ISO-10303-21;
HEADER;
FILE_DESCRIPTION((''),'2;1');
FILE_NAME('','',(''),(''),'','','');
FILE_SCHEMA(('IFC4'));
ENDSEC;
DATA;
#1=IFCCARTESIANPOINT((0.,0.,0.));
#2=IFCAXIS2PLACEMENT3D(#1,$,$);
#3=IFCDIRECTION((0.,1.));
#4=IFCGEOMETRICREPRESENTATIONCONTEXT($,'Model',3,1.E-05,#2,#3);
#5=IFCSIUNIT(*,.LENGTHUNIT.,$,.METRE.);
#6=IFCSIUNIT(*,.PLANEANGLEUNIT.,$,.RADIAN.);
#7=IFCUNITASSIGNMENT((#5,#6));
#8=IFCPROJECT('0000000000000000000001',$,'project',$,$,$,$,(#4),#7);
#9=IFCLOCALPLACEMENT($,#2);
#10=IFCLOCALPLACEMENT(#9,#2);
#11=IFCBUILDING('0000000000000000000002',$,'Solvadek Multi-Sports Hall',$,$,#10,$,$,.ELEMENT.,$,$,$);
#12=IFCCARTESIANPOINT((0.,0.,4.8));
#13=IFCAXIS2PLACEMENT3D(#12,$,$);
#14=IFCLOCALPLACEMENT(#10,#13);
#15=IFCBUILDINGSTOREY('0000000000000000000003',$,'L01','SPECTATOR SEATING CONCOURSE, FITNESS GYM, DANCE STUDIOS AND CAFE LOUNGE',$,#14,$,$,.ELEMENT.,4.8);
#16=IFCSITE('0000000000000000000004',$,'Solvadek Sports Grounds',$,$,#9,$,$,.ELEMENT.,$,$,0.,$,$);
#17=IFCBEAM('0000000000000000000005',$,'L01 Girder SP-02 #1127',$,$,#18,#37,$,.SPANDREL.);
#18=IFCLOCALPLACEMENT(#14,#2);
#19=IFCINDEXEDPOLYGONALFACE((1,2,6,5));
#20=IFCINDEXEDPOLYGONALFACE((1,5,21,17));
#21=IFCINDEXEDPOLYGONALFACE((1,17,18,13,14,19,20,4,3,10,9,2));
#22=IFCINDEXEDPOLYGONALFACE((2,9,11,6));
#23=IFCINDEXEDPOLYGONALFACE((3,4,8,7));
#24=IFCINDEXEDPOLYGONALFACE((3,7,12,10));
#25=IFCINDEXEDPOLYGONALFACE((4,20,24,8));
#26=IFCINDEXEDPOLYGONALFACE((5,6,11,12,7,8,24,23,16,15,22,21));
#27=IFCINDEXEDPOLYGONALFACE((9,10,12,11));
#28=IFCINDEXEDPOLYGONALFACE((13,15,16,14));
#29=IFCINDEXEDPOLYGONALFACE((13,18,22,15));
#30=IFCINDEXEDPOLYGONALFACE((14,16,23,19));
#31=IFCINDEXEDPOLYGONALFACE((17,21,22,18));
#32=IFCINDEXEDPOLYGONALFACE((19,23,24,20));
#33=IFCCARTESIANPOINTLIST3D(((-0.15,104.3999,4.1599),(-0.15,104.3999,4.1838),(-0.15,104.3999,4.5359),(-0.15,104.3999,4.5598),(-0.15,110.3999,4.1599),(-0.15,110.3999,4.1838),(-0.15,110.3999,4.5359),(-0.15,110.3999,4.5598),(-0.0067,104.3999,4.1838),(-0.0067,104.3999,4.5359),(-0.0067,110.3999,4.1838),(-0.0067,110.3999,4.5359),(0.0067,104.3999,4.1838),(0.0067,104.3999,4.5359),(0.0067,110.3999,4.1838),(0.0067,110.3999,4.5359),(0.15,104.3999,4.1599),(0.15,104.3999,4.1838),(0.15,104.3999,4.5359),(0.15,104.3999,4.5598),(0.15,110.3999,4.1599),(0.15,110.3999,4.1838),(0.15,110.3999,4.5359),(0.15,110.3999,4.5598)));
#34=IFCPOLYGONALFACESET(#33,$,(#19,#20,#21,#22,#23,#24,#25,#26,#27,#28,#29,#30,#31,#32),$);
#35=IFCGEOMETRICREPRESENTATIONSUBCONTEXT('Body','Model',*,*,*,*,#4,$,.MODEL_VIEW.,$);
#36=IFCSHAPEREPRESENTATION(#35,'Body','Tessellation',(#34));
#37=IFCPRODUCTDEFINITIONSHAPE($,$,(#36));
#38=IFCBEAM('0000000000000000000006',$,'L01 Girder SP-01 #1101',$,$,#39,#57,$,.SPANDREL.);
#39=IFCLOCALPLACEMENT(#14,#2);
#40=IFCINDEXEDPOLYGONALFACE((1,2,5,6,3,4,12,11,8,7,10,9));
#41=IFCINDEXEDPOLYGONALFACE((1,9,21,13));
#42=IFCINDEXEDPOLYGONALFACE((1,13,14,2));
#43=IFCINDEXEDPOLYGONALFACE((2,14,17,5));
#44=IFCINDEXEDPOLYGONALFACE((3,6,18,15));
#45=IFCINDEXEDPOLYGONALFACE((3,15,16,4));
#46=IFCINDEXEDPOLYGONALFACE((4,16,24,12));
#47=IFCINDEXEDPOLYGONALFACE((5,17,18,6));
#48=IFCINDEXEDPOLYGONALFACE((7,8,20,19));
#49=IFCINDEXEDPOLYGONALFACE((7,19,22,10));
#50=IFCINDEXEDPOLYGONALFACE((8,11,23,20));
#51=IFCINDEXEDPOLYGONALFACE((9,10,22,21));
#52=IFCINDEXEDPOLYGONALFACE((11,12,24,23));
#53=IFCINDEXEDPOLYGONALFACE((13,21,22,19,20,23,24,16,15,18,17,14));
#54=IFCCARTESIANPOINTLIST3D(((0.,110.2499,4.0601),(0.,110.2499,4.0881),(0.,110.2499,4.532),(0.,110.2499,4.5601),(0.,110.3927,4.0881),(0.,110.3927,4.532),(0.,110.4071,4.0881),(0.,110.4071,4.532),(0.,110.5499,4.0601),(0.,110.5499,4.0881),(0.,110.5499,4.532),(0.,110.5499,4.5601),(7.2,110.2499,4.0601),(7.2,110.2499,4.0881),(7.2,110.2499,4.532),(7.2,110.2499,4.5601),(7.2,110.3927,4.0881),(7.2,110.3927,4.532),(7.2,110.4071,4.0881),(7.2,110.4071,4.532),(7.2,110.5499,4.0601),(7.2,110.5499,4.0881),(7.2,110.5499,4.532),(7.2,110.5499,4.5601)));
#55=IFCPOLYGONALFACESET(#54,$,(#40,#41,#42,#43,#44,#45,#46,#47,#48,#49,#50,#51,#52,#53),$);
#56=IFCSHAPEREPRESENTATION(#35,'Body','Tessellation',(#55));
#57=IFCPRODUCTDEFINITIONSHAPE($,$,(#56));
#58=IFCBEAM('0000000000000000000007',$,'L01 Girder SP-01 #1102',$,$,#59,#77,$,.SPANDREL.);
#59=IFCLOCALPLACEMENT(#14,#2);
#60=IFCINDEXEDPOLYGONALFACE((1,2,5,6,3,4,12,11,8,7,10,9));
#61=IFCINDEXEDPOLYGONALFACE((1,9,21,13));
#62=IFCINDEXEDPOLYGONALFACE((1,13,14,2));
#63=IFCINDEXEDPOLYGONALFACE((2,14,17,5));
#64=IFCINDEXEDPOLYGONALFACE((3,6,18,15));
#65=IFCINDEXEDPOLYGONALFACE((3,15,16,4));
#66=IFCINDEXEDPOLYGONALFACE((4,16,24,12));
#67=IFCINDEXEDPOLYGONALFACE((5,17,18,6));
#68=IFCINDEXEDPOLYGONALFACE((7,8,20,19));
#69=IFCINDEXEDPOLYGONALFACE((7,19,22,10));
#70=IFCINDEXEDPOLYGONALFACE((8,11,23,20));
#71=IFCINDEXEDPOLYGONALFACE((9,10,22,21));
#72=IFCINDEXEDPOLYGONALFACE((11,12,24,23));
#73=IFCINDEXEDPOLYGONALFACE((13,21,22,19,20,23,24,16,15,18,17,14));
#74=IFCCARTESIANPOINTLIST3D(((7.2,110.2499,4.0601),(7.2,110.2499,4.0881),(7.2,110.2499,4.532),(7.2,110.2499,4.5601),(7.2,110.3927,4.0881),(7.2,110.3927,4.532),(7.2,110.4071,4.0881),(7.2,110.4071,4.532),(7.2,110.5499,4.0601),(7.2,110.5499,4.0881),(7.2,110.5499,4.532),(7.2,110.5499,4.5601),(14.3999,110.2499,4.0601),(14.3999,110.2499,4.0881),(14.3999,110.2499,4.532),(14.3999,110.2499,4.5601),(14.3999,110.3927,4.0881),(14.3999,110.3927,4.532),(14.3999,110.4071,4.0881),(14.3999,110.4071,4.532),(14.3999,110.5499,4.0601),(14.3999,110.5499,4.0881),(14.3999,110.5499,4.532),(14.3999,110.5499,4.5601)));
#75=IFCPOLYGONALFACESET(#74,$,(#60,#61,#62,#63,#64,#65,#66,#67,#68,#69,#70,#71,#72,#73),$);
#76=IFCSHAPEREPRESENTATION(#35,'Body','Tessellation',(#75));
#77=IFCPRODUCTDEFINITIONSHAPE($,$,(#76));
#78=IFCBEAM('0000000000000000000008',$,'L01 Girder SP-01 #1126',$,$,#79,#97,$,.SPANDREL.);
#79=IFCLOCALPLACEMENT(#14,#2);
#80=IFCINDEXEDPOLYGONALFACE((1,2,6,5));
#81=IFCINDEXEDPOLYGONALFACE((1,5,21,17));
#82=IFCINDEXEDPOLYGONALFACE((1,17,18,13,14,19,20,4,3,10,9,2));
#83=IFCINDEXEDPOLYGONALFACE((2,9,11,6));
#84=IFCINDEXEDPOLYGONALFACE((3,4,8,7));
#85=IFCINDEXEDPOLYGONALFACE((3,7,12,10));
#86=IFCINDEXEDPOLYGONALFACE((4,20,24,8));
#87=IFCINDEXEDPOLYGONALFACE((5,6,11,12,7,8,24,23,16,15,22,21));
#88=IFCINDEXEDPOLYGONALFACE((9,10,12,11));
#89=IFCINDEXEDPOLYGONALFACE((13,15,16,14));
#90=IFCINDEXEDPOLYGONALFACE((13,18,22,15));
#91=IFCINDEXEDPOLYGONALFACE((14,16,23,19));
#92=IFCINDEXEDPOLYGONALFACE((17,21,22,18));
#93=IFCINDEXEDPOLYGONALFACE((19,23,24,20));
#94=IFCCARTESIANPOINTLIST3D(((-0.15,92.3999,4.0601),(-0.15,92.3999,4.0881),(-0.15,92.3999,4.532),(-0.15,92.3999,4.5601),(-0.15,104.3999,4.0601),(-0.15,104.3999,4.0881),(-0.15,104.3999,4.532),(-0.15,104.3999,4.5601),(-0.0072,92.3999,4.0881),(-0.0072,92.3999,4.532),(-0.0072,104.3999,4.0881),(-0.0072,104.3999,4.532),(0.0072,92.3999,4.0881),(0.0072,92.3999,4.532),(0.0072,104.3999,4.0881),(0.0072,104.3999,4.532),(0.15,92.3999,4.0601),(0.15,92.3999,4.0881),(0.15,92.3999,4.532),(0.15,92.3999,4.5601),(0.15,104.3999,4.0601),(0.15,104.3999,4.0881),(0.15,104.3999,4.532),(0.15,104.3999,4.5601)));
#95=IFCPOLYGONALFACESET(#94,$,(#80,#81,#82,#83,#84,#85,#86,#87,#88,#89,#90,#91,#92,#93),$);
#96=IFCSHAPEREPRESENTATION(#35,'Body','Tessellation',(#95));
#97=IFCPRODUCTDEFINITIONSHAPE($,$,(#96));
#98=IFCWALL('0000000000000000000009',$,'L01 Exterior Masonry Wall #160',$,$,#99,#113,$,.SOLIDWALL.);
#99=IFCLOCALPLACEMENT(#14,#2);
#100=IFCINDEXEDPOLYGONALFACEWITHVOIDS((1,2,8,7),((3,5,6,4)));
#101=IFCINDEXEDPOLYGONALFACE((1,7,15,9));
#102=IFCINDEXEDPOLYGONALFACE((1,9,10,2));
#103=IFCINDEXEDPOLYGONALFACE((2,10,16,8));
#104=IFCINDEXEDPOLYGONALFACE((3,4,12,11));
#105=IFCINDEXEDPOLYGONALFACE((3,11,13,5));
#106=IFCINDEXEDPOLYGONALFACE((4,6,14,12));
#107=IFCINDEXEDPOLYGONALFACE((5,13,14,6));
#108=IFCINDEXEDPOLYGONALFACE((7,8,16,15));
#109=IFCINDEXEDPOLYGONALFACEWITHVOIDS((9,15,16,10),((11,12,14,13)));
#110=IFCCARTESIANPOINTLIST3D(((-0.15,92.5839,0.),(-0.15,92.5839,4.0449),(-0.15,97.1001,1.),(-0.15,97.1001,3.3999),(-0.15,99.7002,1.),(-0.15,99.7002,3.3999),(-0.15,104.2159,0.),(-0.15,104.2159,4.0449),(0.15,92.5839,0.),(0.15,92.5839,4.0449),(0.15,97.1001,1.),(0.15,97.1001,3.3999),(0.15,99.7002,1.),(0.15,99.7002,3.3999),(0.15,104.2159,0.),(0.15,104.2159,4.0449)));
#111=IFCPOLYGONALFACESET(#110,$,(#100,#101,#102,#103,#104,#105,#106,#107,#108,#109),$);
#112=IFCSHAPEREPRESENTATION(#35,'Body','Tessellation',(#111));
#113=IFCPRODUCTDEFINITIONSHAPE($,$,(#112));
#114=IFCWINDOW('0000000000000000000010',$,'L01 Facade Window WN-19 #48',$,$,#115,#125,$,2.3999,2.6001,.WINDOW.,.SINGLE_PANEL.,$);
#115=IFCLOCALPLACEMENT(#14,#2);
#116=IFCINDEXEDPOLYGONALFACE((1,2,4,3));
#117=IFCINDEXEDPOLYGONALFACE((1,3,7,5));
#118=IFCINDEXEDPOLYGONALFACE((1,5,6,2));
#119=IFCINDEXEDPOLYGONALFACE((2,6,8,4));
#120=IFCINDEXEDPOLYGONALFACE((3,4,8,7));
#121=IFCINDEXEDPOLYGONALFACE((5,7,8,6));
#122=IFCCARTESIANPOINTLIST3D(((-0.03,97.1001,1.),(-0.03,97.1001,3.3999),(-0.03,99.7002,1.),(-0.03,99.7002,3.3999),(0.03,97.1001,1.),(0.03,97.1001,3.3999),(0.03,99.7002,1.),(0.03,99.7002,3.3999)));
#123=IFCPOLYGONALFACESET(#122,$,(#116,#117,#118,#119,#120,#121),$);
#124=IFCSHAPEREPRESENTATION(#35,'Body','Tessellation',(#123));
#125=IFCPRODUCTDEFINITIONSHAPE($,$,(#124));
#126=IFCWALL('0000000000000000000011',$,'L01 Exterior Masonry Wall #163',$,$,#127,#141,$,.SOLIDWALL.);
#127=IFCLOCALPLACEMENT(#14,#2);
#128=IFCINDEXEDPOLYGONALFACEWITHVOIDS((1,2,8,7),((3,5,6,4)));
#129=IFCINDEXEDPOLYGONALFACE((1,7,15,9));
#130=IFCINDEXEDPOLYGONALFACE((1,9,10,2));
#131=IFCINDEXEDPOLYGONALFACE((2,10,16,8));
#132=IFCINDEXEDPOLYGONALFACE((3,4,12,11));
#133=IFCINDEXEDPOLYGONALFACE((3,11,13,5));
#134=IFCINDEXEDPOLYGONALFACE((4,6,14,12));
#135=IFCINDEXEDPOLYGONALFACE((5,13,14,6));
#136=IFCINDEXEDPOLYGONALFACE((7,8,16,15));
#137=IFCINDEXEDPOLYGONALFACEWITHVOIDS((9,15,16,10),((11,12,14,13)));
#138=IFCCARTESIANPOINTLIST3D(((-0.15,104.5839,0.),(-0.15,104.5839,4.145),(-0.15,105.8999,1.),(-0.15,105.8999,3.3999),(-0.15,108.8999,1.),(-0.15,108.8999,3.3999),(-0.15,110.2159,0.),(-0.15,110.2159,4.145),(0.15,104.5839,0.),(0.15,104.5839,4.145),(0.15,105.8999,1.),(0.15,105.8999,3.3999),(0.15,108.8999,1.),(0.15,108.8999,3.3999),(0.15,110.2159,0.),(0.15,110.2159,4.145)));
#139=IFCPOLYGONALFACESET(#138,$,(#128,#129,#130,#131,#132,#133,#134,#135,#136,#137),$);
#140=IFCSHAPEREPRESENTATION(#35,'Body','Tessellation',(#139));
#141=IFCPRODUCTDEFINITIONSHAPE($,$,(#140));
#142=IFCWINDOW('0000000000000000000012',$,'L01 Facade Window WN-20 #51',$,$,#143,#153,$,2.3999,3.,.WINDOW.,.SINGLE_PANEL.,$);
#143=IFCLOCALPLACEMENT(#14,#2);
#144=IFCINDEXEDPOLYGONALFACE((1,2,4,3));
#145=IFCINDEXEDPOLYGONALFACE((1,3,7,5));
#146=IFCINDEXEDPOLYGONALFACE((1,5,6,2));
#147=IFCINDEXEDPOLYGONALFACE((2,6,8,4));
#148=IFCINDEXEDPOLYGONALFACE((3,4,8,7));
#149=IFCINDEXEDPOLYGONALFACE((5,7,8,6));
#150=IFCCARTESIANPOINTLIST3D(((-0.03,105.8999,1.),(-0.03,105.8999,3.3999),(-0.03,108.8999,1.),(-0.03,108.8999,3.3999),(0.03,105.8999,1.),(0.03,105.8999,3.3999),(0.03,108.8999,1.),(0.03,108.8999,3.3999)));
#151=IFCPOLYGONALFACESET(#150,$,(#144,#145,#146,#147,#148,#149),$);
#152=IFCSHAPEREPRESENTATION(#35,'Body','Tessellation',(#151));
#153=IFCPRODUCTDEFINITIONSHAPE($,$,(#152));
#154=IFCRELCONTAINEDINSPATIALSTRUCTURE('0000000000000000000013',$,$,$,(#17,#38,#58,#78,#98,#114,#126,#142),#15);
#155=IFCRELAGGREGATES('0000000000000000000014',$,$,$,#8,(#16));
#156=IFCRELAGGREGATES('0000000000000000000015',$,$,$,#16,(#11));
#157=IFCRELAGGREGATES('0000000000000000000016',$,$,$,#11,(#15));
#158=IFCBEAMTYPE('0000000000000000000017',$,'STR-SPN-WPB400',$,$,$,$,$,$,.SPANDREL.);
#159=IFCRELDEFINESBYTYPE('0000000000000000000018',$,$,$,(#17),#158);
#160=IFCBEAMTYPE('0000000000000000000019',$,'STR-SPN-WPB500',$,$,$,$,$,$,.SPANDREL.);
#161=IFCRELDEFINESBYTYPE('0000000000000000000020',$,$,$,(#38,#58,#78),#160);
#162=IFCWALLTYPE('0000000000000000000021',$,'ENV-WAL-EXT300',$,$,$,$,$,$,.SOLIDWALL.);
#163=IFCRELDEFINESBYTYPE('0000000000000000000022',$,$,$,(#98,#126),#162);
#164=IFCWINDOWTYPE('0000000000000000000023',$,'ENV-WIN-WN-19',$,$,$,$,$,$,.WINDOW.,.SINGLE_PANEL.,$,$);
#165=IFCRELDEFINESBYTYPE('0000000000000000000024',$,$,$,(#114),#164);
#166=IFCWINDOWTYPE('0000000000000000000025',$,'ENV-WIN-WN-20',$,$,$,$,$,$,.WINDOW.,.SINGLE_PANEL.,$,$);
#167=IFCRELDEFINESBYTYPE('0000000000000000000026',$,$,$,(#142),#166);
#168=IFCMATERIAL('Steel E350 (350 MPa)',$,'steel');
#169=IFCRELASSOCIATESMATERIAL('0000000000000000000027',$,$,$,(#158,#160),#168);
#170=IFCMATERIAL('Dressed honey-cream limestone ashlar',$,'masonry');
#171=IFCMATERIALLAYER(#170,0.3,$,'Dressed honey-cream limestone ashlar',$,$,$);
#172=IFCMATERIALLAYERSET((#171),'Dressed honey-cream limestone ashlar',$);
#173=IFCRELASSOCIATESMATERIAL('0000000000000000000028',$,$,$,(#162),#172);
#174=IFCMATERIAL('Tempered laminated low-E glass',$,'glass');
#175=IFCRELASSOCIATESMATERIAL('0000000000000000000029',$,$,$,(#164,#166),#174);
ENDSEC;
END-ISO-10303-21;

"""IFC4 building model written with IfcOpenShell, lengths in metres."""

from ifc_helpers import new_model, si_unit, direction, frame, frame_2d, origin, origin_2d, place, context, subcontext, project, spatial, rectangle, i_section, extrude, material, layer, layer_set, material_profile, profile_set, type_object, element, fill, save


model = new_model("IFC4")

# Units and contexts
model_context = context("Model", 3, precision=1e-05, world=origin(), true_north=direction((0.0, 1.0)))
body_context = subcontext(model_context, "Body", "Model", "MODEL_VIEW")
ifc_project = project(units=[si_unit("LENGTHUNIT", "METRE"), si_unit("PLANEANGLEUNIT", "RADIAN")], contexts=[model_context])

# Site, building, storey
site_placement = place(None, origin())
site = spatial("IfcSite", under=ifc_project, at=site_placement, Name="Solvadek Sports Grounds", CompositionType="ELEMENT", RefElevation=0.0)
building_placement = place(site_placement, origin())
building = spatial("IfcBuilding", under=site, at=building_placement, Name="Solvadek Multi-Sports Hall", CompositionType="ELEMENT")
storey_placement = place(building_placement, frame((0.0, 0.0, 4.8)))
storey = spatial("IfcBuildingStorey", under=building, at=storey_placement, Name="L01", Description="SPECTATOR SEATING CONCOURSE, FITNESS GYM, DANCE STUDIOS AND CAFE LOUNGE", CompositionType="ELEMENT", Elevation=4.8)

# Shared definitions
ifc_material_1 = material(Name="Steel E350 (350 MPa)", Category="steel")

# Beams
ifc_material_profile_1 = material_profile(ifc_material_1, i_section(OverallWidth=0.3, OverallDepth=0.3999, WebThickness=0.0134, FlangeThickness=0.0239, at=origin_2d()), Name="WPB 400")
ifc_profile_set_1 = profile_set([ifc_material_profile_1], Name="Steel E350 (350 MPa)")
beam_type_1 = type_object("IfcBeamType", Name="STR-SPN-WPB400", PredefinedType="SPANDREL", material=ifc_profile_set_1)
beam_1_placement = place(storey_placement, frame((0.0, 104.3999, 4.3599), z_axis=(0.0, 1.0, 0.0), x_axis=(-1.0, 0.0, 0.0)))
element("IfcBeam", 1, at=beam_1_placement, inside=storey, type_object=beam_type_1, Name="L01 Girder SP-02 #1127", PredefinedType="SPANDREL", context=body_context, shape_type="SweptSolid", body=[
    extrude(i_section(OverallWidth=0.3, OverallDepth=0.3999, WebThickness=0.0134, FlangeThickness=0.0239, at=origin_2d()), origin(), (0.0, 0.0, 1.0), 6.0),
])
ifc_material_profile_2 = material_profile(ifc_material_1, i_section(OverallWidth=0.3, OverallDepth=0.5, WebThickness=0.0144, FlangeThickness=0.0281, at=origin_2d()), Name="WPB 500")
ifc_profile_set_2 = profile_set([ifc_material_profile_2], Name="Steel E350 (350 MPa)")
beam_type_2 = type_object("IfcBeamType", Name="STR-SPN-WPB500", PredefinedType="SPANDREL", material=ifc_profile_set_2)
for number, where, z_axis, x_axis, name in (
    (2, (0.0, 110.3999, 4.3101), (1.0, 0.0, 0.0), (0.0, 1.0, 0.0), "L01 Girder SP-01 #1101"),
    (3, (7.2, 110.3999, 4.3101), (1.0, 0.0, 0.0), (0.0, 1.0, 0.0), "L01 Girder SP-01 #1102"),
):
    element("IfcBeam", number, at=place(storey_placement, frame(where, z_axis=z_axis, x_axis=x_axis)), inside=storey, type_object=beam_type_2, Name=name, PredefinedType="SPANDREL", context=body_context, shape_type="SweptSolid", body=[
        extrude(i_section(OverallWidth=0.3, OverallDepth=0.5, WebThickness=0.0144, FlangeThickness=0.0281, at=origin_2d()), origin(), (0.0, 0.0, 1.0), 7.2),
    ])
beam_2_placement = place(storey_placement, frame((0.0, 92.3999, 4.3101), z_axis=(0.0, 1.0, 0.0), x_axis=(-1.0, 0.0, 0.0)))
element("IfcBeam", 4, at=beam_2_placement, inside=storey, type_object=beam_type_2, Name="L01 Girder SP-01 #1126", PredefinedType="SPANDREL", context=body_context, shape_type="SweptSolid", body=[
    extrude(i_section(OverallWidth=0.3, OverallDepth=0.5, WebThickness=0.0144, FlangeThickness=0.0281, at=origin_2d()), origin(), (0.0, 0.0, 1.0), 12.0),
])

# Walls, openings, windows
ifc_material_2 = material(Name="Dressed honey-cream limestone ashlar", Category="masonry")
ifc_layer_1 = layer(ifc_material_2, 0.3, Name="Dressed honey-cream limestone ashlar")
ifc_layer_set_1 = layer_set([ifc_layer_1], Name="Dressed honey-cream limestone ashlar")
wall_type_1 = type_object("IfcWallType", Name="ENV-WAL-EXT300", PredefinedType="SOLIDWALL", material=ifc_layer_set_1)
wall_1_placement = place(storey_placement, frame((0.0, 92.584, 0.0), z_axis=(0.0, 0.0, 1.0), x_axis=(0.0, 1.0, 0.0)))
wall_1 = element("IfcWall", 5, at=wall_1_placement, inside=storey, type_object=wall_type_1, Name="L01 Exterior Masonry Wall #160", PredefinedType="SOLIDWALL", context=body_context, shape_type="SweptSolid", body=[
    extrude(rectangle(XDim=11.6321, YDim=0.3, at=frame_2d((5.8159, 0.0))), origin(), (0.0, 0.0, 1.0), 4.0449),
])
opening_1_placement = place(wall_1_placement, frame((4.5161, 0.0, 1.0)))
opening_1 = element("IfcOpeningElement", 6, at=opening_1_placement, cuts=wall_1, PredefinedType="OPENING", context=body_context, shape_type="SweptSolid", body=[
    extrude(rectangle(XDim=2.6001, YDim=2.3999, at=frame_2d((1.3, 1.2))), frame((0.0, 0.1599, 0.0), z_axis=(0.0, -1.0, 0.0), x_axis=(1.0, 0.0, 0.0)), (0.0, 0.0, 1.0), 0.3201),
])
ifc_material_3 = material(Name="Tempered laminated low-E glass", Category="glass")
window_type_1 = type_object("IfcWindowType", Name="ENV-WIN-WN-19", PartitioningType="SINGLE_PANEL", PredefinedType="WINDOW", material=ifc_material_3)
window_1_placement = place(opening_1_placement, origin())
window_1 = element("IfcWindow", 7, at=window_1_placement, inside=storey, type_object=window_type_1, Name="L01 Facade Window WN-19 #48", OverallHeight=2.3999, OverallWidth=2.6001, PartitioningType="SINGLE_PANEL", PredefinedType="WINDOW", context=body_context, shape_type="SweptSolid", body=[
    extrude(rectangle(XDim=2.6001, YDim=2.3999, at=frame_2d((1.3, 1.2))), frame((0.0, 0.03, 0.0), z_axis=(0.0, -1.0, 0.0), x_axis=(1.0, 0.0, 0.0)), (0.0, 0.0, 1.0), 0.0601),
])
fill(opening_1, window_1)
wall_2_placement = place(storey_placement, frame((0.0, 104.584, 0.0), z_axis=(0.0, 0.0, 1.0), x_axis=(0.0, 1.0, 0.0)))
wall_2 = element("IfcWall", 8, at=wall_2_placement, inside=storey, type_object=wall_type_1, Name="L01 Exterior Masonry Wall #163", PredefinedType="SOLIDWALL", context=body_context, shape_type="SweptSolid", body=[
    extrude(rectangle(XDim=5.6321, YDim=0.3, at=frame_2d((2.8159, 0.0))), origin(), (0.0, 0.0, 1.0), 4.145),
])
opening_2_placement = place(wall_2_placement, frame((1.3159, 0.0, 1.0)))
opening_2 = element("IfcOpeningElement", 9, at=opening_2_placement, cuts=wall_2, PredefinedType="OPENING", context=body_context, shape_type="SweptSolid", body=[
    extrude(rectangle(XDim=3.0, YDim=2.3999, at=frame_2d((1.5, 1.2))), frame((0.0, 0.1599, 0.0), z_axis=(0.0, -1.0, 0.0), x_axis=(1.0, 0.0, 0.0)), (0.0, 0.0, 1.0), 0.3201),
])
window_type_2 = type_object("IfcWindowType", Name="ENV-WIN-WN-20", PartitioningType="SINGLE_PANEL", PredefinedType="WINDOW", material=ifc_material_3)
window_2_placement = place(opening_2_placement, origin())
window_2 = element("IfcWindow", 10, at=window_2_placement, inside=storey, type_object=window_type_2, Name="L01 Facade Window WN-20 #51", OverallHeight=2.3999, OverallWidth=3.0, PartitioningType="SINGLE_PANEL", PredefinedType="WINDOW", context=body_context, shape_type="SweptSolid", body=[
    extrude(rectangle(XDim=3.0, YDim=2.3999, at=frame_2d((1.5, 1.2))), frame((0.0, 0.03, 0.0), z_axis=(0.0, -1.0, 0.0), x_axis=(1.0, 0.0, 0.0)), (0.0, 0.0, 1.0), 0.0601),
])
fill(opening_2, window_2)

save(model, "model.ifc")
